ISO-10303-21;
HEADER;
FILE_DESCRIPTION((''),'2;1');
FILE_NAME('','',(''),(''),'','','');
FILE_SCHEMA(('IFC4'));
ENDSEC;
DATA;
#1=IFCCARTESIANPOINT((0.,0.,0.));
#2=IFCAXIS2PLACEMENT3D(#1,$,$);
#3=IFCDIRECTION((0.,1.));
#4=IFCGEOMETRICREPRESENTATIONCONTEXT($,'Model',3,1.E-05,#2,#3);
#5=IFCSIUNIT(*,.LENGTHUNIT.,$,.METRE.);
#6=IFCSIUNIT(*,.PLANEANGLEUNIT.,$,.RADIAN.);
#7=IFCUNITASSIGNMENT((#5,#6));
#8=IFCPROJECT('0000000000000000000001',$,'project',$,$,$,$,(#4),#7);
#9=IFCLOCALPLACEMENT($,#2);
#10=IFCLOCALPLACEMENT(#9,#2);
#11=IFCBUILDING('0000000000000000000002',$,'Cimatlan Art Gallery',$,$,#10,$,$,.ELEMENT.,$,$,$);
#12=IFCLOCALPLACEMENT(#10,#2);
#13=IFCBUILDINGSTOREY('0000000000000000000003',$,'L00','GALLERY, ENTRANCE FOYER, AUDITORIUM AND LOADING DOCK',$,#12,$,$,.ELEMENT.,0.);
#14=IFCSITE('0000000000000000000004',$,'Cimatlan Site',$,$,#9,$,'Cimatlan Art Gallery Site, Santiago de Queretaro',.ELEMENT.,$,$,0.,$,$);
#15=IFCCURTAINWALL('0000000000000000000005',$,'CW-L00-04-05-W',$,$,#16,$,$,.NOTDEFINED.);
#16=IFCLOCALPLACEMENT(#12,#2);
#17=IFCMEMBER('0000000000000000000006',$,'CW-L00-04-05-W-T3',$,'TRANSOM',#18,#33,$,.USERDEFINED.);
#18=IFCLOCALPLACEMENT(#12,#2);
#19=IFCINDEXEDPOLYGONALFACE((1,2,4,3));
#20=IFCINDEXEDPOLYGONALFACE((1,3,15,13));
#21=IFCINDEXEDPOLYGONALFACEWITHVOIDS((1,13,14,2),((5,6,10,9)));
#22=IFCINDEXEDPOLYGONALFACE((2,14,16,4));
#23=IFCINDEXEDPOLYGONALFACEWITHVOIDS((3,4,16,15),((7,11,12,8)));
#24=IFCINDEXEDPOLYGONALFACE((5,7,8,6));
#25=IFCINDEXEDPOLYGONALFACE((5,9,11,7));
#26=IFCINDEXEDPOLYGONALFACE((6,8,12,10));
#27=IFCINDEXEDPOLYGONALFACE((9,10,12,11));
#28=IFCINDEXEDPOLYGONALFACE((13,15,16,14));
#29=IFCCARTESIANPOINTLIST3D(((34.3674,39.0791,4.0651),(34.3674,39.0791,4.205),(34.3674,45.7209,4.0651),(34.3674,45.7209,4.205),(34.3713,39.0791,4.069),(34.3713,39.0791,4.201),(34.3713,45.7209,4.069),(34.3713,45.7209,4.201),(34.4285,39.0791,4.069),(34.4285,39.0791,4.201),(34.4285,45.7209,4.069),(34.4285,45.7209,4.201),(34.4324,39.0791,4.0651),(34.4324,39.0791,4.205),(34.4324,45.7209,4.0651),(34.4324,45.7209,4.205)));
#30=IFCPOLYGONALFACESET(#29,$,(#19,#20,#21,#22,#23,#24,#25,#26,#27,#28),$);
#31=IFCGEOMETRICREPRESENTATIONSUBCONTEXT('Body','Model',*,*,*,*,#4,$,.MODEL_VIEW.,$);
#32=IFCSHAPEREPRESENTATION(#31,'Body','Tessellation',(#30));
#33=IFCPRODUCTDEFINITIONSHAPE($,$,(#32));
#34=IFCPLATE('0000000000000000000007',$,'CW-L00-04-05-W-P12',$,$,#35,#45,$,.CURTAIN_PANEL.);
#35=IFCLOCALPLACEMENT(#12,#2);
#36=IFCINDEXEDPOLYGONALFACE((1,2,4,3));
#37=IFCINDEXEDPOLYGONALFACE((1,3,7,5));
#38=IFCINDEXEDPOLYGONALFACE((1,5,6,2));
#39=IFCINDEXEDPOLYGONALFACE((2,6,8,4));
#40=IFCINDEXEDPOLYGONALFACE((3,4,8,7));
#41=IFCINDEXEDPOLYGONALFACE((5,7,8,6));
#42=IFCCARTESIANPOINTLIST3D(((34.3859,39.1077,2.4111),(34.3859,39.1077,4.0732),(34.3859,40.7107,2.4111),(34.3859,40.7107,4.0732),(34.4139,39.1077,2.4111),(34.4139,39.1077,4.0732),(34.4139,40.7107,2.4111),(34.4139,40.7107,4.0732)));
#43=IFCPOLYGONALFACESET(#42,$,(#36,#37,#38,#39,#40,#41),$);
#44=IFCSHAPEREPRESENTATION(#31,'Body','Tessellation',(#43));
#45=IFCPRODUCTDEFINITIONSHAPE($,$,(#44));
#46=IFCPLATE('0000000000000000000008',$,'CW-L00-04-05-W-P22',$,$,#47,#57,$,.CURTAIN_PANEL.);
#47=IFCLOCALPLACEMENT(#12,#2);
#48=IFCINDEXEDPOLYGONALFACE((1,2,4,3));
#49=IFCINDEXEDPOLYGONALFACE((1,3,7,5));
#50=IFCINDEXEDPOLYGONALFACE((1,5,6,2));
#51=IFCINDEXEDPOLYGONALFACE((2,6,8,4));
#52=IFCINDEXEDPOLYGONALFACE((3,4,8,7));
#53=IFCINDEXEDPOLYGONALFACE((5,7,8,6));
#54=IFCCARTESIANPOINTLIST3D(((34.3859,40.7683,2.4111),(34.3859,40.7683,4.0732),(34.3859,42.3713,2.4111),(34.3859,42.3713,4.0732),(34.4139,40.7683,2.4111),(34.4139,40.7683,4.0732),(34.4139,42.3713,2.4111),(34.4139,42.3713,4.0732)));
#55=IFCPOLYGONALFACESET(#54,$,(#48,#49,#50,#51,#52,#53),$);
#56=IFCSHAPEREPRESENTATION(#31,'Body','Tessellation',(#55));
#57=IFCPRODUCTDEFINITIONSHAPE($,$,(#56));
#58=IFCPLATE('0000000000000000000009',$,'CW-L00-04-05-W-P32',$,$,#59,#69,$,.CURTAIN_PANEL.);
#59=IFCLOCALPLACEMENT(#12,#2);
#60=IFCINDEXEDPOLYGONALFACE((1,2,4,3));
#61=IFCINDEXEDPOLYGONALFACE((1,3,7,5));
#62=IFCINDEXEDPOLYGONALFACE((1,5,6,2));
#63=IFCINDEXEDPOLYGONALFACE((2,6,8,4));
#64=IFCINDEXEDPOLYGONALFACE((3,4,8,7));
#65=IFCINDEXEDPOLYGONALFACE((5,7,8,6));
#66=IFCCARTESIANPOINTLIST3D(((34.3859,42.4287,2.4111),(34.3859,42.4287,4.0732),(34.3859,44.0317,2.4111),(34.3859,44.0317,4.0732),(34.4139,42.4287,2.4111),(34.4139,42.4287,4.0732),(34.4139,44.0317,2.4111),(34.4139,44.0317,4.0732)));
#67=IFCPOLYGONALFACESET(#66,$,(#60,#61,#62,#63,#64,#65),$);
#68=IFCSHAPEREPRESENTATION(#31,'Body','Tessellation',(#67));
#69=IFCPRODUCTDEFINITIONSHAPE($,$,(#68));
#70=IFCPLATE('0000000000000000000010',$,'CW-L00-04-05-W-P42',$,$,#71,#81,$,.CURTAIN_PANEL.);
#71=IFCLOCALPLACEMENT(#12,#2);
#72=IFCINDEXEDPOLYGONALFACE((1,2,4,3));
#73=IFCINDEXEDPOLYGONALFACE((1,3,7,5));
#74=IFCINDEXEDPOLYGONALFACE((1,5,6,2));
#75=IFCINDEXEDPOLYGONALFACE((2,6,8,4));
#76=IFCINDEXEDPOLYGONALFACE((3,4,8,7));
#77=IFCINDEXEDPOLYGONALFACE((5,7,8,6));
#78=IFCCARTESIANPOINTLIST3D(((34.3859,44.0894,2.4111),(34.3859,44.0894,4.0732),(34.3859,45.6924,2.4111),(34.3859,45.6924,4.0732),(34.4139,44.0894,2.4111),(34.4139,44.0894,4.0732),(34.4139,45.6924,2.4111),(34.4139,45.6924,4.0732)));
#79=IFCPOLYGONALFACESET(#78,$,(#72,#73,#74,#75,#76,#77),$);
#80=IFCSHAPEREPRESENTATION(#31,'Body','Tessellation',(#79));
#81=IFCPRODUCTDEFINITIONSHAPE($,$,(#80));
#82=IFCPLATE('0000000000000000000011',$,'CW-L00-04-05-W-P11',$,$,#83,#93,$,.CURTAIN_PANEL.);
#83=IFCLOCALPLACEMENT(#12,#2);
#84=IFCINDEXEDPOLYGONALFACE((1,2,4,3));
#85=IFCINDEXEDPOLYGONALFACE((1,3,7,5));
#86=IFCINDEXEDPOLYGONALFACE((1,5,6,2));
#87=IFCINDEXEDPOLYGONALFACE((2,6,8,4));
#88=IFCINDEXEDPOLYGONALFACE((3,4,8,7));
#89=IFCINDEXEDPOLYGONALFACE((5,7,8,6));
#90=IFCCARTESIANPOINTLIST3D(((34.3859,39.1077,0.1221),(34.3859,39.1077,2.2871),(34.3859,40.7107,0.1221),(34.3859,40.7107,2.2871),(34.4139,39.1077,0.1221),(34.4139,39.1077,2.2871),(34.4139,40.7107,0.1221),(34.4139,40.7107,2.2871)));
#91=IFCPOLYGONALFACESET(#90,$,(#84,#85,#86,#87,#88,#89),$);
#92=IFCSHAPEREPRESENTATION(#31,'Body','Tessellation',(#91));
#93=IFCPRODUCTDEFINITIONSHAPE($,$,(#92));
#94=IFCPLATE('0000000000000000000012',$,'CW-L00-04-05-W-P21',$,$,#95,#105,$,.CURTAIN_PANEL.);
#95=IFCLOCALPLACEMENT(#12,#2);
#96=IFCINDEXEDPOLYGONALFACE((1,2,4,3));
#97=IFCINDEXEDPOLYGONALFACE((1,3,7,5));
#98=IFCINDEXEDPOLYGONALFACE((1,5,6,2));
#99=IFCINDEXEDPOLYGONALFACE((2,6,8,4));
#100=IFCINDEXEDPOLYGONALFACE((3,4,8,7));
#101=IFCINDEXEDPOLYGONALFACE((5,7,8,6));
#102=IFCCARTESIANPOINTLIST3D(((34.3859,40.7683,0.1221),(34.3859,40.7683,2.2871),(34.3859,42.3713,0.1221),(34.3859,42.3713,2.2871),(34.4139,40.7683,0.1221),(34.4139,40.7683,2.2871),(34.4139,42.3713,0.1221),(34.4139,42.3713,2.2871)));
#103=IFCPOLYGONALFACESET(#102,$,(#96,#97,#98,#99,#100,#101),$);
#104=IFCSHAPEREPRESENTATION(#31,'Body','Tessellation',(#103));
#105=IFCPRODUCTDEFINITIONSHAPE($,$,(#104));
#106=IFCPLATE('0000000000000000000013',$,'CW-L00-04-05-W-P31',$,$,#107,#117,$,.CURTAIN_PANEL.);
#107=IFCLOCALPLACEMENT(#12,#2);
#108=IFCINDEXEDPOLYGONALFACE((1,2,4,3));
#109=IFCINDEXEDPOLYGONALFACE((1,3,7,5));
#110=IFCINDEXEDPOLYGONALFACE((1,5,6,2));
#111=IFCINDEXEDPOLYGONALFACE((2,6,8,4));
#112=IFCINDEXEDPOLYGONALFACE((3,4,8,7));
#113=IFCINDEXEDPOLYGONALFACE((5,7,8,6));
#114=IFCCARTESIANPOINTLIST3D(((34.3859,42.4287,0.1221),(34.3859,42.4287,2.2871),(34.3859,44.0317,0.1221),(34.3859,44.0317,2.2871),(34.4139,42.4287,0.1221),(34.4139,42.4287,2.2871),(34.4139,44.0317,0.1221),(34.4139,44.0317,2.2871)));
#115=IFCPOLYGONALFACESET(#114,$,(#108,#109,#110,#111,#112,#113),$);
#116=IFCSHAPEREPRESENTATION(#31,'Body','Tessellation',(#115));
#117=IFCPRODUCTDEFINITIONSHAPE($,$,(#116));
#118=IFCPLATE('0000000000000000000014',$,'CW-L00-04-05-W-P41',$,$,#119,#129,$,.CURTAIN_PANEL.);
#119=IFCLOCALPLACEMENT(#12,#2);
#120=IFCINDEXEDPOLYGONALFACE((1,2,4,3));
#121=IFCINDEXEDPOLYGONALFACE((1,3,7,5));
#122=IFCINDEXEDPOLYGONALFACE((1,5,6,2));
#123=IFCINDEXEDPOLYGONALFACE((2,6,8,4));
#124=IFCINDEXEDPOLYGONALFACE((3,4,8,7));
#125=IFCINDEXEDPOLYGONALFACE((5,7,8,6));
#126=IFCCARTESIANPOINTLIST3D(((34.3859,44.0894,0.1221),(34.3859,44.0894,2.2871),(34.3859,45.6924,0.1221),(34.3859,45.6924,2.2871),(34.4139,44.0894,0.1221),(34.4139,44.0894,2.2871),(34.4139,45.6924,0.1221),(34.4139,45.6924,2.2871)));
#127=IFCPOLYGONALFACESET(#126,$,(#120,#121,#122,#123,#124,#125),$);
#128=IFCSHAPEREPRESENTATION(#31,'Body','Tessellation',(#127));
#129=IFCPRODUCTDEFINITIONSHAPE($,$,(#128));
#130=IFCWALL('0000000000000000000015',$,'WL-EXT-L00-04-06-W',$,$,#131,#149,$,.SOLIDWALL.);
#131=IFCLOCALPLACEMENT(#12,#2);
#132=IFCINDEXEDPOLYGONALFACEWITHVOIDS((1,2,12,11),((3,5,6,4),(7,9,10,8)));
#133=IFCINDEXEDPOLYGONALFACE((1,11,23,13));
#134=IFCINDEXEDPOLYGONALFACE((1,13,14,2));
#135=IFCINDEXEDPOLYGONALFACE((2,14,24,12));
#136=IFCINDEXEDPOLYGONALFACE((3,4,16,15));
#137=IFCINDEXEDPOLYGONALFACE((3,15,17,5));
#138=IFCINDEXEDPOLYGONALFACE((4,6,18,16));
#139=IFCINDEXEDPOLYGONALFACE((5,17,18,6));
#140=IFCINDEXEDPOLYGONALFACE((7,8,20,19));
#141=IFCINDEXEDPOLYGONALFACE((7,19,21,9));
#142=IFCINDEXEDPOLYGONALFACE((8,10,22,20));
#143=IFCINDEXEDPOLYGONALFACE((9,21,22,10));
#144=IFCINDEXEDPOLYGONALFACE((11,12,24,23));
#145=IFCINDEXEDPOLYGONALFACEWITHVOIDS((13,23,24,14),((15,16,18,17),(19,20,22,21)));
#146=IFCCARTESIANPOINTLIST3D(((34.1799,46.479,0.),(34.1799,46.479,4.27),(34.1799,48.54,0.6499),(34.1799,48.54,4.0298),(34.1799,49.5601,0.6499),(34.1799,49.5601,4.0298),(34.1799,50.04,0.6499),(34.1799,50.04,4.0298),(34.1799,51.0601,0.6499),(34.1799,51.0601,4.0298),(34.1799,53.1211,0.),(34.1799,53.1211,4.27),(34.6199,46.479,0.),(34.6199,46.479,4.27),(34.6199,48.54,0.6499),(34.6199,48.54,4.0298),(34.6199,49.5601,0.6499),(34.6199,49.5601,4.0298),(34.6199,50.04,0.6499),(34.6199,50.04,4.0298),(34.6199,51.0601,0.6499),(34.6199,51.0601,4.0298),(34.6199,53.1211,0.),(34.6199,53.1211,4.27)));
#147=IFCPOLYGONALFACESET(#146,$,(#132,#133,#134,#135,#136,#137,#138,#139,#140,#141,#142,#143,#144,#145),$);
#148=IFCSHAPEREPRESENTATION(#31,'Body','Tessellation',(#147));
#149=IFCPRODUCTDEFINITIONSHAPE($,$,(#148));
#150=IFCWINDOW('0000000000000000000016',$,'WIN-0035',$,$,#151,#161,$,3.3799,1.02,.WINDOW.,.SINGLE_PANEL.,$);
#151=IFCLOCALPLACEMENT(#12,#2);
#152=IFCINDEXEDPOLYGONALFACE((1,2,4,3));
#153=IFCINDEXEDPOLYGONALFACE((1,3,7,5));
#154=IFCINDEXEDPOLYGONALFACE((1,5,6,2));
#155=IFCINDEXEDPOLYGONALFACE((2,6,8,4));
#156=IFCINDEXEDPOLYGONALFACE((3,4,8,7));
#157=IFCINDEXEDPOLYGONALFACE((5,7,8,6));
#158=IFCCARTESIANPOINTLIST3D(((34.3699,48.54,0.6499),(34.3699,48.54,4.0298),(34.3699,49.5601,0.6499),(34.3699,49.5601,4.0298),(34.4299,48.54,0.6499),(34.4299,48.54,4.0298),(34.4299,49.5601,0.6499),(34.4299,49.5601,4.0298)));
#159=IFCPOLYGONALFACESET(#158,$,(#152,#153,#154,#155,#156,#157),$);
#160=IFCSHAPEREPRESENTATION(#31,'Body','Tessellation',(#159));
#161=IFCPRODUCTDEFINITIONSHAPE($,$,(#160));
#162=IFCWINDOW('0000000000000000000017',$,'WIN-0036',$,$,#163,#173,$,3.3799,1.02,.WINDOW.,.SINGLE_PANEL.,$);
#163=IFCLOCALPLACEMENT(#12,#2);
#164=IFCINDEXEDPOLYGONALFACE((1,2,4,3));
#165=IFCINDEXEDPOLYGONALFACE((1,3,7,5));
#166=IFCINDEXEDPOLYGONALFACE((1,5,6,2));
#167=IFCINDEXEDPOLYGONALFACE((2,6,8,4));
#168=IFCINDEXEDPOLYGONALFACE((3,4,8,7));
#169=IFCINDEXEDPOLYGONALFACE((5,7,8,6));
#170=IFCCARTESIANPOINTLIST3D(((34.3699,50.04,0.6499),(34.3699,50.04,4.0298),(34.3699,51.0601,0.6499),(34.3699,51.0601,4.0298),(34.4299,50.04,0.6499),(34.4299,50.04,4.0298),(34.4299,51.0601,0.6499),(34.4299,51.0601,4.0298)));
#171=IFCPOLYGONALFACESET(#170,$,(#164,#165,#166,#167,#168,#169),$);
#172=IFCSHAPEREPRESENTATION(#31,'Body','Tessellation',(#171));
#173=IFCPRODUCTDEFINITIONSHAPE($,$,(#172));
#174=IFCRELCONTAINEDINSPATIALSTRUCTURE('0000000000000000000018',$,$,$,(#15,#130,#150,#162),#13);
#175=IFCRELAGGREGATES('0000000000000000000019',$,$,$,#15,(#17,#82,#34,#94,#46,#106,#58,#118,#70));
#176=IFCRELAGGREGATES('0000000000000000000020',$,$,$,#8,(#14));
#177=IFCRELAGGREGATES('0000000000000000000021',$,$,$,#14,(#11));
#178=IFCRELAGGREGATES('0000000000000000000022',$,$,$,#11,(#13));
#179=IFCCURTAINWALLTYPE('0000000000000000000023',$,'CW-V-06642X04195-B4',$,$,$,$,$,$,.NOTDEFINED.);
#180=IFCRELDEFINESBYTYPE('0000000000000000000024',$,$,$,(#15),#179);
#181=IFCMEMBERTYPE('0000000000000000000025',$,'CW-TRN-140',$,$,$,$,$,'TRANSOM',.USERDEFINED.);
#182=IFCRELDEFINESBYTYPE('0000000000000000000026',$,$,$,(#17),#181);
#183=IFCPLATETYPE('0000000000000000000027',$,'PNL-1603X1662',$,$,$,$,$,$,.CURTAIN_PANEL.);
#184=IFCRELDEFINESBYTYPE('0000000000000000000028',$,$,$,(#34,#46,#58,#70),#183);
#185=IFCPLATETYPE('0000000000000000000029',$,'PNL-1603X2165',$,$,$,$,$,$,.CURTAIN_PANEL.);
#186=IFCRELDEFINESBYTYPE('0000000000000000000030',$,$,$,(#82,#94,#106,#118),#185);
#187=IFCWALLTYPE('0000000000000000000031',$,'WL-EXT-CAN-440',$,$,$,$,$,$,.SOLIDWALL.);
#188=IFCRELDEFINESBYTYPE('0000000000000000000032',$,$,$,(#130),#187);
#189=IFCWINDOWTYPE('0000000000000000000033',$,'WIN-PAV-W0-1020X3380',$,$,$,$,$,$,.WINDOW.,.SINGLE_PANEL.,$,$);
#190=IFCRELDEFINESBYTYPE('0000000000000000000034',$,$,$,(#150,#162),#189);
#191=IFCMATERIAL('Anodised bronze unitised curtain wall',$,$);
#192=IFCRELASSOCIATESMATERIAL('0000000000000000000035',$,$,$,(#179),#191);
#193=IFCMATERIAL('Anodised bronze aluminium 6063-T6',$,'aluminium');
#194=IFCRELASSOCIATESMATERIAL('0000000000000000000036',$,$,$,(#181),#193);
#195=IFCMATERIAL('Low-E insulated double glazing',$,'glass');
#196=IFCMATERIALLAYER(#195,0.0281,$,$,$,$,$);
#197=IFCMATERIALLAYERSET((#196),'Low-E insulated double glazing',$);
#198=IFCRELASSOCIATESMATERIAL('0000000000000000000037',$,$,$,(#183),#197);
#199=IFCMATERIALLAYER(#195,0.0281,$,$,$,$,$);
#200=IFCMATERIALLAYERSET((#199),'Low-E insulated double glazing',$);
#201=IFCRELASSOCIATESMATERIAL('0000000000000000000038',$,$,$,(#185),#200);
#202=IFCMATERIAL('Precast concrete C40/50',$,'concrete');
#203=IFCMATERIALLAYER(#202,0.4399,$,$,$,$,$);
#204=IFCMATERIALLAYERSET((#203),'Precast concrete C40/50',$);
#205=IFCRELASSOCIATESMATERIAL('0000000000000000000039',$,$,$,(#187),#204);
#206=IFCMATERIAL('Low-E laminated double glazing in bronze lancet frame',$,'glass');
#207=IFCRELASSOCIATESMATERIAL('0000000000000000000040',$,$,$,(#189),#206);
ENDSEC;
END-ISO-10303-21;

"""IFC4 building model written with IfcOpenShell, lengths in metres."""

from ifc_helpers import new_model, si_unit, direction, frame, frame_2d, origin, origin_2d, place, context, subcontext, project, spatial, rectangle, hollow_rectangle, extrude, material, layer, layer_set, material_profile, profile_set, type_object, element, fill, aggregate, save


model = new_model("IFC4")

# Units and contexts
model_context = context("Model", 3, precision=1e-05, world=origin(), true_north=direction((0.0, 1.0)))
body_context = subcontext(model_context, "Body", "Model", "MODEL_VIEW")
ifc_project = project(units=[si_unit("LENGTHUNIT", "METRE"), si_unit("PLANEANGLEUNIT", "RADIAN")], contexts=[model_context])

# Site, building, storey
site_placement = place(None, origin())
site = spatial("IfcSite", under=ifc_project, at=site_placement, Name="Cimatlan Site", LongName="Cimatlan Art Gallery Site, Santiago de Queretaro", CompositionType="ELEMENT", RefElevation=0.0)
building_placement = place(site_placement, origin())
building = spatial("IfcBuilding", under=site, at=building_placement, Name="Cimatlan Art Gallery", CompositionType="ELEMENT")
storey_placement = place(building_placement, origin())
storey = spatial("IfcBuildingStorey", under=building, at=storey_placement, Name="L00", Description="GALLERY, ENTRANCE FOYER, AUDITORIUM AND LOADING DOCK", CompositionType="ELEMENT", Elevation=0.0)

# Curtain wall, member, plates
ifc_material_1 = material(Name="Anodised bronze unitised curtain wall")
curtain_wall_type = type_object("IfcCurtainWallType", Name="CW-V-06642X04195-B4", PredefinedType="NOTDEFINED", material=ifc_material_1)
curtain_wall_placement = place(storey_placement, origin())
curtain_wall = element("IfcCurtainWall", 1, at=curtain_wall_placement, inside=storey, type_object=curtain_wall_type, Name="CW-L00-04-05-W", PredefinedType="NOTDEFINED")
ifc_material_2 = material(Name="Anodised bronze aluminium 6063-T6", Category="aluminium")
ifc_material_profile_1 = material_profile(ifc_material_2, hollow_rectangle(XDim=0.0649, YDim=0.1399, WallThickness=0.0039, at=origin_2d()), Name="ALU65X140X4")
ifc_profile_set_1 = profile_set([ifc_material_profile_1], Name="Anodised bronze aluminium 6063-T6")
member_type_1 = type_object("IfcMemberType", Name="CW-TRN-140", ElementType="TRANSOM", PredefinedType="USERDEFINED", material=ifc_profile_set_1)
member_1_placement = place(storey_placement, frame((34.3999, 39.0791, 4.135), z_axis=(0.0, 1.0, 0.0), x_axis=(-1.0, 0.0, 0.0)))
member_1 = element("IfcMember", 2, at=member_1_placement, type_object=member_type_1, Name="CW-L00-04-05-W-T3", ObjectType="TRANSOM", PredefinedType="USERDEFINED", context=body_context, shape_type="SweptSolid", body=[
    extrude(hollow_rectangle(XDim=0.0649, YDim=0.1399, WallThickness=0.0039, at=origin_2d()), origin(), (0.0, 0.0, 1.0), 6.6418),
])
ifc_material_3 = material(Name="Low-E insulated double glazing", Category="glass")
ifc_layer_1 = layer(ifc_material_3, 0.0281)
ifc_layer_set_1 = layer_set([ifc_layer_1], Name="Low-E insulated double glazing")
plate_type_1 = type_object("IfcPlateType", Name="PNL-1603X1662", PredefinedType="CURTAIN_PANEL", material=ifc_layer_set_1)
plate_1_placement = place(storey_placement, frame((34.3999, 39.9092, 2.4111), z_axis=(0.0, 0.0, 1.0), x_axis=(0.0, 1.0, 0.0)))
plate_1 = element("IfcPlate", 3, at=plate_1_placement, type_object=plate_type_1, Name="CW-L00-04-05-W-P12", PredefinedType="CURTAIN_PANEL", context=body_context, shape_type="SweptSolid", body=[
    extrude(rectangle(XDim=1.603, YDim=0.0281, at=origin_2d()), origin(), (0.0, 0.0, 1.0), 1.6621),
])
plate_2_placement = place(storey_placement, frame((34.3999, 41.5698, 2.4111), z_axis=(0.0, 0.0, 1.0), x_axis=(0.0, 1.0, 0.0)))
plate_2 = element("IfcPlate", 4, at=plate_2_placement, type_object=plate_type_1, Name="CW-L00-04-05-W-P22", PredefinedType="CURTAIN_PANEL", context=body_context, shape_type="SweptSolid", body=[
    extrude(rectangle(XDim=1.603, YDim=0.0281, at=origin_2d()), origin(), (0.0, 0.0, 1.0), 1.6621),
])
plate_3_placement = place(storey_placement, frame((34.3999, 43.2302, 2.4111), z_axis=(0.0, 0.0, 1.0), x_axis=(0.0, 1.0, 0.0)))
plate_3 = element("IfcPlate", 5, at=plate_3_placement, type_object=plate_type_1, Name="CW-L00-04-05-W-P32", PredefinedType="CURTAIN_PANEL", context=body_context, shape_type="SweptSolid", body=[
    extrude(rectangle(XDim=1.603, YDim=0.0281, at=origin_2d()), origin(), (0.0, 0.0, 1.0), 1.6621),
])
plate_4_placement = place(storey_placement, frame((34.3999, 44.8909, 2.4111), z_axis=(0.0, 0.0, 1.0), x_axis=(0.0, 1.0, 0.0)))
plate_4 = element("IfcPlate", 6, at=plate_4_placement, type_object=plate_type_1, Name="CW-L00-04-05-W-P42", PredefinedType="CURTAIN_PANEL", context=body_context, shape_type="SweptSolid", body=[
    extrude(rectangle(XDim=1.603, YDim=0.0281, at=origin_2d()), origin(), (0.0, 0.0, 1.0), 1.6621),
])
ifc_layer_2 = layer(ifc_material_3, 0.0281)
ifc_layer_set_2 = layer_set([ifc_layer_2], Name="Low-E insulated double glazing")
plate_type_2 = type_object("IfcPlateType", Name="PNL-1603X2165", PredefinedType="CURTAIN_PANEL", material=ifc_layer_set_2)
plate_5_placement = place(storey_placement, frame((34.3999, 39.9092, 0.1221), z_axis=(0.0, 0.0, 1.0), x_axis=(0.0, 1.0, 0.0)))
plate_5 = element("IfcPlate", 7, at=plate_5_placement, type_object=plate_type_2, Name="CW-L00-04-05-W-P11", PredefinedType="CURTAIN_PANEL", context=body_context, shape_type="SweptSolid", body=[
    extrude(rectangle(XDim=1.603, YDim=0.0281, at=origin_2d()), origin(), (0.0, 0.0, 1.0), 2.165),
])
plate_6_placement = place(storey_placement, frame((34.3999, 41.5698, 0.1221), z_axis=(0.0, 0.0, 1.0), x_axis=(0.0, 1.0, 0.0)))
plate_6 = element("IfcPlate", 8, at=plate_6_placement, type_object=plate_type_2, Name="CW-L00-04-05-W-P21", PredefinedType="CURTAIN_PANEL", context=body_context, shape_type="SweptSolid", body=[
    extrude(rectangle(XDim=1.603, YDim=0.0281, at=origin_2d()), origin(), (0.0, 0.0, 1.0), 2.165),
])
plate_7_placement = place(storey_placement, frame((34.3999, 43.2302, 0.1221), z_axis=(0.0, 0.0, 1.0), x_axis=(0.0, 1.0, 0.0)))
plate_7 = element("IfcPlate", 9, at=plate_7_placement, type_object=plate_type_2, Name="CW-L00-04-05-W-P31", PredefinedType="CURTAIN_PANEL", context=body_context, shape_type="SweptSolid", body=[
    extrude(rectangle(XDim=1.603, YDim=0.0281, at=origin_2d()), origin(), (0.0, 0.0, 1.0), 2.165),
])
plate_8_placement = place(storey_placement, frame((34.3999, 44.8909, 0.1221), z_axis=(0.0, 0.0, 1.0), x_axis=(0.0, 1.0, 0.0)))
plate_8 = element("IfcPlate", 10, at=plate_8_placement, type_object=plate_type_2, Name="CW-L00-04-05-W-P41", PredefinedType="CURTAIN_PANEL", context=body_context, shape_type="SweptSolid", body=[
    extrude(rectangle(XDim=1.603, YDim=0.0281, at=origin_2d()), origin(), (0.0, 0.0, 1.0), 2.165),
])
aggregate(curtain_wall, [member_1, plate_5, plate_1, plate_6, plate_2, plate_7, plate_3, plate_8, plate_4])

# Wall, openings, windows
ifc_material_4 = material(Name="Precast concrete C40/50", Category="concrete")
ifc_layer_3 = layer(ifc_material_4, 0.4399)
ifc_layer_set_3 = layer_set([ifc_layer_3], Name="Precast concrete C40/50")
wall_type = type_object("IfcWallType", Name="WL-EXT-CAN-440", PredefinedType="SOLIDWALL", material=ifc_layer_set_3)
wall_placement = place(storey_placement, frame((34.3999, 46.479, 0.0), z_axis=(0.0, 0.0, 1.0), x_axis=(0.0, 1.0, 0.0)))
wall = element("IfcWall", 11, at=wall_placement, inside=storey, type_object=wall_type, Name="WL-EXT-L00-04-06-W", PredefinedType="SOLIDWALL", context=body_context, shape_type="SweptSolid", body=[
    extrude(rectangle(XDim=6.6421, YDim=0.4399, at=frame_2d((3.321, 0.0))), origin(), (0.0, 0.0, 1.0), 4.27),
])
opening_1_placement = place(wall_placement, frame((2.061, 0.0, 0.6499)))
opening_1 = element("IfcOpeningElement", 12, at=opening_1_placement, cuts=wall, PredefinedType="OPENING", context=body_context, shape_type="SweptSolid", body=[
    extrude(rectangle(XDim=1.02, YDim=3.3799, at=frame_2d((0.51, 1.6899))), frame((0.0, 0.23, 0.0), z_axis=(0.0, -1.0, 0.0), x_axis=(1.0, 0.0, 0.0)), (0.0, 0.0, 1.0), 0.46),
])
opening_2_placement = place(wall_placement, frame((3.561, 0.0, 0.6499)))
opening_2 = element("IfcOpeningElement", 13, at=opening_2_placement, cuts=wall, PredefinedType="OPENING", context=body_context, shape_type="SweptSolid", body=[
    extrude(rectangle(XDim=1.02, YDim=3.3799, at=frame_2d((0.51, 1.6899))), frame((0.0, 0.23, 0.0), z_axis=(0.0, -1.0, 0.0), x_axis=(1.0, 0.0, 0.0)), (0.0, 0.0, 1.0), 0.46),
])
ifc_material_5 = material(Name="Low-E laminated double glazing in bronze lancet frame", Category="glass")
window_type = type_object("IfcWindowType", Name="WIN-PAV-W0-1020X3380", PartitioningType="SINGLE_PANEL", PredefinedType="WINDOW", material=ifc_material_5)
window_1_placement = place(opening_1_placement, origin())
window_1 = element("IfcWindow", 14, at=window_1_placement, inside=storey, type_object=window_type, Name="WIN-0035", OverallHeight=3.3799, OverallWidth=1.02, PartitioningType="SINGLE_PANEL", PredefinedType="WINDOW", context=body_context, shape_type="SweptSolid", body=[
    extrude(rectangle(XDim=1.02, YDim=3.3799, at=frame_2d((0.51, 1.6899))), frame((0.0, 0.03, 0.0), z_axis=(0.0, -1.0, 0.0), x_axis=(1.0, 0.0, 0.0)), (0.0, 0.0, 1.0), 0.0601),
])
fill(opening_1, window_1)
window_2_placement = place(opening_2_placement, origin())
window_2 = element("IfcWindow", 15, at=window_2_placement, inside=storey, type_object=window_type, Name="WIN-0036", OverallHeight=3.3799, OverallWidth=1.02, PartitioningType="SINGLE_PANEL", PredefinedType="WINDOW", context=body_context, shape_type="SweptSolid", body=[
    extrude(rectangle(XDim=1.02, YDim=3.3799, at=frame_2d((0.51, 1.6899))), frame((0.0, 0.03, 0.0), z_axis=(0.0, -1.0, 0.0), x_axis=(1.0, 0.0, 0.0)), (0.0, 0.0, 1.0), 0.0601),
])
fill(opening_2, window_2)

save(model, "model.ifc")
